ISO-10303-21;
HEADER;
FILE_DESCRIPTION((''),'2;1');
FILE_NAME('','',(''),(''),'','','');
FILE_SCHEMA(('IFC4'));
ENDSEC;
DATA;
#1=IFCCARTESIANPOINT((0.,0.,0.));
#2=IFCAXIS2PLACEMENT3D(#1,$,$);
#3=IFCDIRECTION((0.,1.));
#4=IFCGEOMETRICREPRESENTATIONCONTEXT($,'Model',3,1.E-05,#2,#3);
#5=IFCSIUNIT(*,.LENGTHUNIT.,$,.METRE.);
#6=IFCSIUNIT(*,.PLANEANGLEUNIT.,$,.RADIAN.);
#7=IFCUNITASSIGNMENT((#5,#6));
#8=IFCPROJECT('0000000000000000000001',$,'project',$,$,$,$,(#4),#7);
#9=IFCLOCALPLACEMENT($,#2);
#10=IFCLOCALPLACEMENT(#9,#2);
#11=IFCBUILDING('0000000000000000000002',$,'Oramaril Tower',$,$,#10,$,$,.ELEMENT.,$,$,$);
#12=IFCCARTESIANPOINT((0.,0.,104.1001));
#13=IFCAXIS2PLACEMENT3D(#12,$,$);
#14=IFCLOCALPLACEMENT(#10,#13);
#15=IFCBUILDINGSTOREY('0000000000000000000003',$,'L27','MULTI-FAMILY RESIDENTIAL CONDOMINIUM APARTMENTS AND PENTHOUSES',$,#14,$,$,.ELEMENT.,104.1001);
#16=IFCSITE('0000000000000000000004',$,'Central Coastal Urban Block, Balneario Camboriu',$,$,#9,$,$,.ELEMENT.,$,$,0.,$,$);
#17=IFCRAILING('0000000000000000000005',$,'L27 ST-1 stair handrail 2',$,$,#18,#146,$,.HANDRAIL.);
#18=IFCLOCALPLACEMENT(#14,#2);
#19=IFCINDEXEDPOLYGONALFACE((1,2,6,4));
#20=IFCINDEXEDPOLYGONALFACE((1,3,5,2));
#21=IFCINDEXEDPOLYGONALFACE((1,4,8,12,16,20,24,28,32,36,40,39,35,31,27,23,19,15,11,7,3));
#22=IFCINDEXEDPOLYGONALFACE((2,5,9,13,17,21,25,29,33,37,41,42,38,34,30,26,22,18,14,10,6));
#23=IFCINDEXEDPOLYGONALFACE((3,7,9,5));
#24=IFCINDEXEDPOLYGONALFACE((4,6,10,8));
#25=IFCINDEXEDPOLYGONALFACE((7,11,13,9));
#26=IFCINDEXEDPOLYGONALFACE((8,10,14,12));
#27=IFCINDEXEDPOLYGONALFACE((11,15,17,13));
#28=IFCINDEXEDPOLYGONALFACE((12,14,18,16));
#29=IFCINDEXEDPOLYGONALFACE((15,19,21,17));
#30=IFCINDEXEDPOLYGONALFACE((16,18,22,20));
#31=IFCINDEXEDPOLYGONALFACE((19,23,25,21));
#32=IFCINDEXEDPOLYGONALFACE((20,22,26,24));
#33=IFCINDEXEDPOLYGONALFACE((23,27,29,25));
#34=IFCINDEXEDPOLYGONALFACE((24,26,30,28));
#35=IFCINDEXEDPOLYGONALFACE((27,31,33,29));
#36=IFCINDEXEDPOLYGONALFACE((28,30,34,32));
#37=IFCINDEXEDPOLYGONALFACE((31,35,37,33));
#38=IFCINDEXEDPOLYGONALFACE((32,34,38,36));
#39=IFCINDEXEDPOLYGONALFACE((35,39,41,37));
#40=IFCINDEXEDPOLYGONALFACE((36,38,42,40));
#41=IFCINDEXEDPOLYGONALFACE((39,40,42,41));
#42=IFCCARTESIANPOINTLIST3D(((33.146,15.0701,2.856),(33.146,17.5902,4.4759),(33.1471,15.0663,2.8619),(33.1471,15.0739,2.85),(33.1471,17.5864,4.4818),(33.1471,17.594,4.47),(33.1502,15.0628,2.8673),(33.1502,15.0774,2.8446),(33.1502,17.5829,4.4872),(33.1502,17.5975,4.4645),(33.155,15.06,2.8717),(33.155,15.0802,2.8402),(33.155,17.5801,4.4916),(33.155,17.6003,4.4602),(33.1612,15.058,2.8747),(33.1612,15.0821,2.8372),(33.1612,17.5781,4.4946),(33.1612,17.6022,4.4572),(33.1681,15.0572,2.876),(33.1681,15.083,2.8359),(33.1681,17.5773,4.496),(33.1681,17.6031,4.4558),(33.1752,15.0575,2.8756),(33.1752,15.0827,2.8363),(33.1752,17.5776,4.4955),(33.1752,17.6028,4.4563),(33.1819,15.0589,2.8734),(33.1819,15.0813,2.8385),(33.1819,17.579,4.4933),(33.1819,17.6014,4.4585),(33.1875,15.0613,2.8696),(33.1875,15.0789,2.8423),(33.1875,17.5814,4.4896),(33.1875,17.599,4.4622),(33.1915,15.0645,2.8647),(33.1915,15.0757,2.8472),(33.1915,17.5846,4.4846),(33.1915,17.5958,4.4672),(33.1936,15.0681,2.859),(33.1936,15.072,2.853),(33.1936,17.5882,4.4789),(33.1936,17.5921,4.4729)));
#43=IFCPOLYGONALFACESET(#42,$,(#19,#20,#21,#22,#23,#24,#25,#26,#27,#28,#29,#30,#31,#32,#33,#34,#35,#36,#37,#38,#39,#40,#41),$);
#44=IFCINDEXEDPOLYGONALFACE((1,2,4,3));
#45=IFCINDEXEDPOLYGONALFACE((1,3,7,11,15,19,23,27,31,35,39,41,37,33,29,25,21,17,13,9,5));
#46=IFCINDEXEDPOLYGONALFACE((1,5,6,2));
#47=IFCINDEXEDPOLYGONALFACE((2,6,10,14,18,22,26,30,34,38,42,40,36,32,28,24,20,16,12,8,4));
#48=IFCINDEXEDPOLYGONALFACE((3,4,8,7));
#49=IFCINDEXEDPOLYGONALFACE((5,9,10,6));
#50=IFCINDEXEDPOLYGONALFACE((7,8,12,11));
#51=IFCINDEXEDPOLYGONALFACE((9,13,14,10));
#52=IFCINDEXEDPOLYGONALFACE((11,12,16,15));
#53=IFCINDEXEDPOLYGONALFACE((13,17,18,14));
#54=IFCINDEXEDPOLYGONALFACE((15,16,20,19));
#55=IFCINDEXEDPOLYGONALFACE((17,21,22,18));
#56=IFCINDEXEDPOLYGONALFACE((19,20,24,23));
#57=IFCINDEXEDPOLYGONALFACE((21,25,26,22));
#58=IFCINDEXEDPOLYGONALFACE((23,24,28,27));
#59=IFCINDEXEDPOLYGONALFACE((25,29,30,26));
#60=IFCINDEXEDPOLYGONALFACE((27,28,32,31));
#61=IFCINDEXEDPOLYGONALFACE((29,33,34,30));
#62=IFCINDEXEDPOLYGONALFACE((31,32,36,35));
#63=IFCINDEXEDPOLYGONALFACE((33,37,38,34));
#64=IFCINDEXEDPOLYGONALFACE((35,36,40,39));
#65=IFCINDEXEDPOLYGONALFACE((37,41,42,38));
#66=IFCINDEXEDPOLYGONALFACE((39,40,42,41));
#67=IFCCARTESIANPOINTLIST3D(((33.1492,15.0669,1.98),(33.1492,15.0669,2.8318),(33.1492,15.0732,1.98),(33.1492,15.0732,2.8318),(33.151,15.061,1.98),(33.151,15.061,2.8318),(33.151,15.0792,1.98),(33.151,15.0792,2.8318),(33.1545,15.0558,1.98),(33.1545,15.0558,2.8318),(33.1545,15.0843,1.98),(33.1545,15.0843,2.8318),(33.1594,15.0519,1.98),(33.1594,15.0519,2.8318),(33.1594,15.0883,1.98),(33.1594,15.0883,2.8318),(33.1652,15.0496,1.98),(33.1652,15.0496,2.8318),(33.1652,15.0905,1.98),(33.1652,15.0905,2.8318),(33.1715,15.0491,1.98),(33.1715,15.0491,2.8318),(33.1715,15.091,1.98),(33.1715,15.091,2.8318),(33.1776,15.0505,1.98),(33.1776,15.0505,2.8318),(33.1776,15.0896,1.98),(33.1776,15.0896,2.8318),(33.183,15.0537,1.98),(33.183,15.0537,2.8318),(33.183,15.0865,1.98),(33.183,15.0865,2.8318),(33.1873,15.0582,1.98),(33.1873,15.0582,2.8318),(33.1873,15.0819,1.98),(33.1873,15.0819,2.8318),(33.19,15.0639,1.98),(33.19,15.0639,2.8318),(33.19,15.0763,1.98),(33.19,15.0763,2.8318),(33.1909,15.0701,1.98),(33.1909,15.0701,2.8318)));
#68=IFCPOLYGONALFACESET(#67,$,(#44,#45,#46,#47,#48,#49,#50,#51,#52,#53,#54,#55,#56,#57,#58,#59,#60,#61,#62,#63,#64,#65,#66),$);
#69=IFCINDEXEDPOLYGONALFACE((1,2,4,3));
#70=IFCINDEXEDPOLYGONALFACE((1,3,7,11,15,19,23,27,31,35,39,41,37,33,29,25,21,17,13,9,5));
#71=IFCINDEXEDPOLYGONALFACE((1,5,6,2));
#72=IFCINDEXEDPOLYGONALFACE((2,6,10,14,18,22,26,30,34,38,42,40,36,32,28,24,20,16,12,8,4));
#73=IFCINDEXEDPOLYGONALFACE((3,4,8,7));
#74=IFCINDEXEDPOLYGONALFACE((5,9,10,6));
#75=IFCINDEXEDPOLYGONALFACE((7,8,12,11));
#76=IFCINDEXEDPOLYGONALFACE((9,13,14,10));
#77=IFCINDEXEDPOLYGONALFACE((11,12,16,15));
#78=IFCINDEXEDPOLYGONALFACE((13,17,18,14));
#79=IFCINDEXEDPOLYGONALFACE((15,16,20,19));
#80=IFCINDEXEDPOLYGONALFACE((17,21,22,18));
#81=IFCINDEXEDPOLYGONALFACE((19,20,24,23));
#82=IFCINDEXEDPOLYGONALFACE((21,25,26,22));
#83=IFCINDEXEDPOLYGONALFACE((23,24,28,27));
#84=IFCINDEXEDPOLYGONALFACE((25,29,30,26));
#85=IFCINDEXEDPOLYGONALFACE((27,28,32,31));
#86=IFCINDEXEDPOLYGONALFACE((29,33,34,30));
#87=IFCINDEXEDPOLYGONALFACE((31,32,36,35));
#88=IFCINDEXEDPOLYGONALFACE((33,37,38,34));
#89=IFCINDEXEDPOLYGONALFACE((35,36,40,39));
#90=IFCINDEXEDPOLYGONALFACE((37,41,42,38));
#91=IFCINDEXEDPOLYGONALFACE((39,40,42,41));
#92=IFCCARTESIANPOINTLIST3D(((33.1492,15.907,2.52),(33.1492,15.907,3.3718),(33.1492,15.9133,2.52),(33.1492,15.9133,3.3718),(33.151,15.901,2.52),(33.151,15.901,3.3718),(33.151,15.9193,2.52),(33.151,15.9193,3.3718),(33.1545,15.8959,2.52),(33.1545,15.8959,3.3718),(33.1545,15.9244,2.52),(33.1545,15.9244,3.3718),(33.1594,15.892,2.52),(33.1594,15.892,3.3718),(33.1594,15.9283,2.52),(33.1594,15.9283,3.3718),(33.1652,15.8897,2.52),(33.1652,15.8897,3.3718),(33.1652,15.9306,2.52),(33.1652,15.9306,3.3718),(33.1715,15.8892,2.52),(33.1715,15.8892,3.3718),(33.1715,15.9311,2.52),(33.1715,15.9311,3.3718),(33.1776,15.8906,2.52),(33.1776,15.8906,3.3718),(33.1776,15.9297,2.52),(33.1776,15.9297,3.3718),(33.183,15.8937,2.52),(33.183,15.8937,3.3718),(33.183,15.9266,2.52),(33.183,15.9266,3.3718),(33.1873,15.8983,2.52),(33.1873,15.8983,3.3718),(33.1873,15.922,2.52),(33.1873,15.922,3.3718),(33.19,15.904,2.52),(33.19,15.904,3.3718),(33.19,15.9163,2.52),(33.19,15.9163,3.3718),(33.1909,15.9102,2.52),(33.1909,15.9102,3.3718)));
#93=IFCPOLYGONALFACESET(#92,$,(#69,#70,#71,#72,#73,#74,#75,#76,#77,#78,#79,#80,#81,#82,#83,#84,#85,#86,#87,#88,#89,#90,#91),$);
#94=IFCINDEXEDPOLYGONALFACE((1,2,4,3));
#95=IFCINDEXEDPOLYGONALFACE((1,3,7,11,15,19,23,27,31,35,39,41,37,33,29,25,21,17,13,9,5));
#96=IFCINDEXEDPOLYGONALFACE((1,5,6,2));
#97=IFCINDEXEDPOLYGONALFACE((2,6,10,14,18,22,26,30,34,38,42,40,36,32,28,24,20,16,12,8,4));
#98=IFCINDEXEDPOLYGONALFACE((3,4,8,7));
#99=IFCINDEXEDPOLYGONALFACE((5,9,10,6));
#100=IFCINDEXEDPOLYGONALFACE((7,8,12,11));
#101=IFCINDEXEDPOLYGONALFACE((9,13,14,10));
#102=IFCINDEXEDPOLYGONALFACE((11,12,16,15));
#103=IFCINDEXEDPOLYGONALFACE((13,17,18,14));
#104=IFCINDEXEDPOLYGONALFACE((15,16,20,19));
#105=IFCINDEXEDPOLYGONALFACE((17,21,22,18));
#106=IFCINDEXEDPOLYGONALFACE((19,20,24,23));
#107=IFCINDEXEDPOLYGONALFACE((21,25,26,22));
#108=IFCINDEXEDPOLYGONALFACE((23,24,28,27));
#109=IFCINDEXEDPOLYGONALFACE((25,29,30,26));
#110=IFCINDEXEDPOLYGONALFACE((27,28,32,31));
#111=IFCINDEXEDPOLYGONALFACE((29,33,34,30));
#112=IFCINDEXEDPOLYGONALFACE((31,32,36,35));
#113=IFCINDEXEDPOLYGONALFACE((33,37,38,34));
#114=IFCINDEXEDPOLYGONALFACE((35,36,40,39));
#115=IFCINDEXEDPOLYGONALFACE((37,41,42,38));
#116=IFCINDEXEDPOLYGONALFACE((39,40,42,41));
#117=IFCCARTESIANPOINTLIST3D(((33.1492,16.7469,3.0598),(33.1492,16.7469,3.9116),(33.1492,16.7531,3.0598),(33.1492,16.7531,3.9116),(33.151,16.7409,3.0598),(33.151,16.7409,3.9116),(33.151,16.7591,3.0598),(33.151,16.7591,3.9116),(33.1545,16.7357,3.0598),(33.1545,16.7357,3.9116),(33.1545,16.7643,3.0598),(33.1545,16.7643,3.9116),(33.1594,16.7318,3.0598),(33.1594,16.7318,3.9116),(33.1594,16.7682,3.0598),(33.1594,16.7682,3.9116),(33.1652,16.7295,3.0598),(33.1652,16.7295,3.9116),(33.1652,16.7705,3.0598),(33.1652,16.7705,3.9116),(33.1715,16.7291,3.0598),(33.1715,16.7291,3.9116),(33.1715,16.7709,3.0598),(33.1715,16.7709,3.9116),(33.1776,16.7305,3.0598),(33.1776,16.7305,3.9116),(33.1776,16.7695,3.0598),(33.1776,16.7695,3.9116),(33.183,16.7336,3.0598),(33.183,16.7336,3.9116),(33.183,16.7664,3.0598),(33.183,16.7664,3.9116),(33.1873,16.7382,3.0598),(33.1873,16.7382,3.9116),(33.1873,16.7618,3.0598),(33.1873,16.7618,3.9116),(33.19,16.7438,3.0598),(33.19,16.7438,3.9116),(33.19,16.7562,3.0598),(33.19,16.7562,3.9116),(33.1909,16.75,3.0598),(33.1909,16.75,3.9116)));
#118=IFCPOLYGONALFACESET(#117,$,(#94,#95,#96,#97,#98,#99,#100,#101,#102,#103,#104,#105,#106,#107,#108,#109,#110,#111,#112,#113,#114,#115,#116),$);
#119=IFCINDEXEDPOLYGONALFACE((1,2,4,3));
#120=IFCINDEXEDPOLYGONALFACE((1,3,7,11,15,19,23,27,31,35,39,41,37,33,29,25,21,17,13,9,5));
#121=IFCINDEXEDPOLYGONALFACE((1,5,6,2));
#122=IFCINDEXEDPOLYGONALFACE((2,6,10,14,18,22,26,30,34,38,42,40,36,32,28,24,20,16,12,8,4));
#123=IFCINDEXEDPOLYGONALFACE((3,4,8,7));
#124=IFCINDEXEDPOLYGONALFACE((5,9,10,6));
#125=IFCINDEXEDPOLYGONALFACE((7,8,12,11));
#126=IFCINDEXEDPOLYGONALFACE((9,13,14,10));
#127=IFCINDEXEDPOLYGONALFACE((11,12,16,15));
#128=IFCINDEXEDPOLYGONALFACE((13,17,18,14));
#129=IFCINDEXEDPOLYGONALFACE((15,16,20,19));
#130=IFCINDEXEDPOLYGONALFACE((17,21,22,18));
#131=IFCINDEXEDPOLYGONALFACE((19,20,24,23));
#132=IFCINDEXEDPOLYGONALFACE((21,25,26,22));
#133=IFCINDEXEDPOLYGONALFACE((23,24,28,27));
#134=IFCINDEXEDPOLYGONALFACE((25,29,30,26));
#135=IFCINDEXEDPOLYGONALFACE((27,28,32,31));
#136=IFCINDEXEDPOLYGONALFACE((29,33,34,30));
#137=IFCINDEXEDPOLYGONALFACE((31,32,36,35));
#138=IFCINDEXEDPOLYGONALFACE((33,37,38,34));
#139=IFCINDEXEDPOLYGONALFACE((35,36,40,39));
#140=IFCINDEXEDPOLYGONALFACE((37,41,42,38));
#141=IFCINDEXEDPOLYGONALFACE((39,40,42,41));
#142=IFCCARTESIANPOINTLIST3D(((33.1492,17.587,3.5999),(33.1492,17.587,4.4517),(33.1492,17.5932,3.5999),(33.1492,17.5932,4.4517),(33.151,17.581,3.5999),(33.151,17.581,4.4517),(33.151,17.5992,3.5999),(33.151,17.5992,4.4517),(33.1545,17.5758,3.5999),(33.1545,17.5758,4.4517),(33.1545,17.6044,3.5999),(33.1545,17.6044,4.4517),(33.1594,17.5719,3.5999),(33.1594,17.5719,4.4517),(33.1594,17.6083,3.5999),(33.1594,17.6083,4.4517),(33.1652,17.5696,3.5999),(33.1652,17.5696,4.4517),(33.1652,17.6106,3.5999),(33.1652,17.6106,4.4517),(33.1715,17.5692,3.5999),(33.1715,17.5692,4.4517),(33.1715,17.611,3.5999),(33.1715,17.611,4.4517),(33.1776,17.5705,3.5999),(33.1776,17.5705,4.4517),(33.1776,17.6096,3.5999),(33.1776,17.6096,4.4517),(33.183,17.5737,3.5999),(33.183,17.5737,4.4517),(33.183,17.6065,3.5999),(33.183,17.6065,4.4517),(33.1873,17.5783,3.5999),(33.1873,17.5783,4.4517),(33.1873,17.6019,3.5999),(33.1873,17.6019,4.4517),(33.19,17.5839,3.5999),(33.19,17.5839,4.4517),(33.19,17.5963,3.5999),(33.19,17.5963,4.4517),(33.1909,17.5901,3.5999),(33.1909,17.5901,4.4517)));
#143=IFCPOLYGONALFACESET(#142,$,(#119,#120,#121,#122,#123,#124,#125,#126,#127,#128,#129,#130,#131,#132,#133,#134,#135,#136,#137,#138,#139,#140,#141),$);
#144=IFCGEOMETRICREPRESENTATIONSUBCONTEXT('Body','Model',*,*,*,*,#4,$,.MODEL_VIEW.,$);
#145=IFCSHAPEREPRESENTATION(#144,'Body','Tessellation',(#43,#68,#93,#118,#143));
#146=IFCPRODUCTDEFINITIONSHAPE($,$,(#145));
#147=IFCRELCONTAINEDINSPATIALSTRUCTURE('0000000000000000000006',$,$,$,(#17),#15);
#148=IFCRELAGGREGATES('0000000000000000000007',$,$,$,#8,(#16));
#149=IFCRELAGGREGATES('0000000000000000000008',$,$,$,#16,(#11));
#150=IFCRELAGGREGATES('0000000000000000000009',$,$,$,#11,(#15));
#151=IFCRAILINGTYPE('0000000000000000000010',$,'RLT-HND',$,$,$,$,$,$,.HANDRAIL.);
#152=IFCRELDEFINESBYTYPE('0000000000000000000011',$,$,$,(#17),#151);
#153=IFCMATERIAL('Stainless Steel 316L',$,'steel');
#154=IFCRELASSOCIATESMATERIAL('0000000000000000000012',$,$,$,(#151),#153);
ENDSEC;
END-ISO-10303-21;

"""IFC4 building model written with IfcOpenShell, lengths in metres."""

from ifc_helpers import new_model, si_unit, direction, frame, origin, origin_2d, place, context, subcontext, project, spatial, circle, extrude, material, type_object, element, save


model = new_model("IFC4")

# Units and contexts
model_context = context("Model", 3, precision=1e-05, world=origin(), true_north=direction((0.0, 1.0)))
body_context = subcontext(model_context, "Body", "Model", "MODEL_VIEW")
ifc_project = project(units=[si_unit("LENGTHUNIT", "METRE"), si_unit("PLANEANGLEUNIT", "RADIAN")], contexts=[model_context])

# Site, building, storey
site_placement = place(None, origin())
site = spatial("IfcSite", under=ifc_project, at=site_placement, Name="Central Coastal Urban Block, Balneario Camboriu", CompositionType="ELEMENT", RefElevation=0.0)
building_placement = place(site_placement, origin())
building = spatial("IfcBuilding", under=site, at=building_placement, Name="Oramaril Tower", CompositionType="ELEMENT")
storey_placement = place(building_placement, frame((0.0, 0.0, 104.1001)))
storey = spatial("IfcBuildingStorey", under=building, at=storey_placement, Name="L27", Description="MULTI-FAMILY RESIDENTIAL CONDOMINIUM APARTMENTS AND PENTHOUSES", CompositionType="ELEMENT", Elevation=104.1001)

# Railing
ifc_material_1 = material(Name="Stainless Steel 316L", Category="steel")
railing_type_1 = type_object("IfcRailingType", Name="RLT-HND", PredefinedType="HANDRAIL", material=ifc_material_1)
for number, where, name in (
    (1, (33.1699, 15.0701, 1.98), "L27 ST-1 stair handrail 2"),
):
    element("IfcRailing", number, at=place(storey_placement, frame(where)), inside=storey, type_object=railing_type_1, Name=name, PredefinedType="HANDRAIL", context=body_context, shape_type="SweptSolid", body=[
        extrude(circle(Radius=0.0239, at=origin_2d()), frame((0.0, 0.0, 0.876), z_axis=(0.0, 0.8412, 0.540725), x_axis=(-1.0, 0.0, 0.0)), (0.0, 0.0, 1.0), 2.9958),
        extrude(circle(Radius=0.021, at=origin_2d()), origin(), (0.0, 0.0, 1.0), 0.8518),
        extrude(circle(Radius=0.021, at=origin_2d()), frame((0.0, 0.8401, 0.54)), (0.0, 0.0, 1.0), 0.8518),
        extrude(circle(Radius=0.021, at=origin_2d()), frame((0.0, 1.6799, 1.0798)), (0.0, 0.0, 1.0), 0.8518),
        extrude(circle(Radius=0.021, at=origin_2d()), frame((0.0, 2.52, 1.6199)), (0.0, 0.0, 1.0), 0.8518),
    ])

save(model, "model.ifc")
